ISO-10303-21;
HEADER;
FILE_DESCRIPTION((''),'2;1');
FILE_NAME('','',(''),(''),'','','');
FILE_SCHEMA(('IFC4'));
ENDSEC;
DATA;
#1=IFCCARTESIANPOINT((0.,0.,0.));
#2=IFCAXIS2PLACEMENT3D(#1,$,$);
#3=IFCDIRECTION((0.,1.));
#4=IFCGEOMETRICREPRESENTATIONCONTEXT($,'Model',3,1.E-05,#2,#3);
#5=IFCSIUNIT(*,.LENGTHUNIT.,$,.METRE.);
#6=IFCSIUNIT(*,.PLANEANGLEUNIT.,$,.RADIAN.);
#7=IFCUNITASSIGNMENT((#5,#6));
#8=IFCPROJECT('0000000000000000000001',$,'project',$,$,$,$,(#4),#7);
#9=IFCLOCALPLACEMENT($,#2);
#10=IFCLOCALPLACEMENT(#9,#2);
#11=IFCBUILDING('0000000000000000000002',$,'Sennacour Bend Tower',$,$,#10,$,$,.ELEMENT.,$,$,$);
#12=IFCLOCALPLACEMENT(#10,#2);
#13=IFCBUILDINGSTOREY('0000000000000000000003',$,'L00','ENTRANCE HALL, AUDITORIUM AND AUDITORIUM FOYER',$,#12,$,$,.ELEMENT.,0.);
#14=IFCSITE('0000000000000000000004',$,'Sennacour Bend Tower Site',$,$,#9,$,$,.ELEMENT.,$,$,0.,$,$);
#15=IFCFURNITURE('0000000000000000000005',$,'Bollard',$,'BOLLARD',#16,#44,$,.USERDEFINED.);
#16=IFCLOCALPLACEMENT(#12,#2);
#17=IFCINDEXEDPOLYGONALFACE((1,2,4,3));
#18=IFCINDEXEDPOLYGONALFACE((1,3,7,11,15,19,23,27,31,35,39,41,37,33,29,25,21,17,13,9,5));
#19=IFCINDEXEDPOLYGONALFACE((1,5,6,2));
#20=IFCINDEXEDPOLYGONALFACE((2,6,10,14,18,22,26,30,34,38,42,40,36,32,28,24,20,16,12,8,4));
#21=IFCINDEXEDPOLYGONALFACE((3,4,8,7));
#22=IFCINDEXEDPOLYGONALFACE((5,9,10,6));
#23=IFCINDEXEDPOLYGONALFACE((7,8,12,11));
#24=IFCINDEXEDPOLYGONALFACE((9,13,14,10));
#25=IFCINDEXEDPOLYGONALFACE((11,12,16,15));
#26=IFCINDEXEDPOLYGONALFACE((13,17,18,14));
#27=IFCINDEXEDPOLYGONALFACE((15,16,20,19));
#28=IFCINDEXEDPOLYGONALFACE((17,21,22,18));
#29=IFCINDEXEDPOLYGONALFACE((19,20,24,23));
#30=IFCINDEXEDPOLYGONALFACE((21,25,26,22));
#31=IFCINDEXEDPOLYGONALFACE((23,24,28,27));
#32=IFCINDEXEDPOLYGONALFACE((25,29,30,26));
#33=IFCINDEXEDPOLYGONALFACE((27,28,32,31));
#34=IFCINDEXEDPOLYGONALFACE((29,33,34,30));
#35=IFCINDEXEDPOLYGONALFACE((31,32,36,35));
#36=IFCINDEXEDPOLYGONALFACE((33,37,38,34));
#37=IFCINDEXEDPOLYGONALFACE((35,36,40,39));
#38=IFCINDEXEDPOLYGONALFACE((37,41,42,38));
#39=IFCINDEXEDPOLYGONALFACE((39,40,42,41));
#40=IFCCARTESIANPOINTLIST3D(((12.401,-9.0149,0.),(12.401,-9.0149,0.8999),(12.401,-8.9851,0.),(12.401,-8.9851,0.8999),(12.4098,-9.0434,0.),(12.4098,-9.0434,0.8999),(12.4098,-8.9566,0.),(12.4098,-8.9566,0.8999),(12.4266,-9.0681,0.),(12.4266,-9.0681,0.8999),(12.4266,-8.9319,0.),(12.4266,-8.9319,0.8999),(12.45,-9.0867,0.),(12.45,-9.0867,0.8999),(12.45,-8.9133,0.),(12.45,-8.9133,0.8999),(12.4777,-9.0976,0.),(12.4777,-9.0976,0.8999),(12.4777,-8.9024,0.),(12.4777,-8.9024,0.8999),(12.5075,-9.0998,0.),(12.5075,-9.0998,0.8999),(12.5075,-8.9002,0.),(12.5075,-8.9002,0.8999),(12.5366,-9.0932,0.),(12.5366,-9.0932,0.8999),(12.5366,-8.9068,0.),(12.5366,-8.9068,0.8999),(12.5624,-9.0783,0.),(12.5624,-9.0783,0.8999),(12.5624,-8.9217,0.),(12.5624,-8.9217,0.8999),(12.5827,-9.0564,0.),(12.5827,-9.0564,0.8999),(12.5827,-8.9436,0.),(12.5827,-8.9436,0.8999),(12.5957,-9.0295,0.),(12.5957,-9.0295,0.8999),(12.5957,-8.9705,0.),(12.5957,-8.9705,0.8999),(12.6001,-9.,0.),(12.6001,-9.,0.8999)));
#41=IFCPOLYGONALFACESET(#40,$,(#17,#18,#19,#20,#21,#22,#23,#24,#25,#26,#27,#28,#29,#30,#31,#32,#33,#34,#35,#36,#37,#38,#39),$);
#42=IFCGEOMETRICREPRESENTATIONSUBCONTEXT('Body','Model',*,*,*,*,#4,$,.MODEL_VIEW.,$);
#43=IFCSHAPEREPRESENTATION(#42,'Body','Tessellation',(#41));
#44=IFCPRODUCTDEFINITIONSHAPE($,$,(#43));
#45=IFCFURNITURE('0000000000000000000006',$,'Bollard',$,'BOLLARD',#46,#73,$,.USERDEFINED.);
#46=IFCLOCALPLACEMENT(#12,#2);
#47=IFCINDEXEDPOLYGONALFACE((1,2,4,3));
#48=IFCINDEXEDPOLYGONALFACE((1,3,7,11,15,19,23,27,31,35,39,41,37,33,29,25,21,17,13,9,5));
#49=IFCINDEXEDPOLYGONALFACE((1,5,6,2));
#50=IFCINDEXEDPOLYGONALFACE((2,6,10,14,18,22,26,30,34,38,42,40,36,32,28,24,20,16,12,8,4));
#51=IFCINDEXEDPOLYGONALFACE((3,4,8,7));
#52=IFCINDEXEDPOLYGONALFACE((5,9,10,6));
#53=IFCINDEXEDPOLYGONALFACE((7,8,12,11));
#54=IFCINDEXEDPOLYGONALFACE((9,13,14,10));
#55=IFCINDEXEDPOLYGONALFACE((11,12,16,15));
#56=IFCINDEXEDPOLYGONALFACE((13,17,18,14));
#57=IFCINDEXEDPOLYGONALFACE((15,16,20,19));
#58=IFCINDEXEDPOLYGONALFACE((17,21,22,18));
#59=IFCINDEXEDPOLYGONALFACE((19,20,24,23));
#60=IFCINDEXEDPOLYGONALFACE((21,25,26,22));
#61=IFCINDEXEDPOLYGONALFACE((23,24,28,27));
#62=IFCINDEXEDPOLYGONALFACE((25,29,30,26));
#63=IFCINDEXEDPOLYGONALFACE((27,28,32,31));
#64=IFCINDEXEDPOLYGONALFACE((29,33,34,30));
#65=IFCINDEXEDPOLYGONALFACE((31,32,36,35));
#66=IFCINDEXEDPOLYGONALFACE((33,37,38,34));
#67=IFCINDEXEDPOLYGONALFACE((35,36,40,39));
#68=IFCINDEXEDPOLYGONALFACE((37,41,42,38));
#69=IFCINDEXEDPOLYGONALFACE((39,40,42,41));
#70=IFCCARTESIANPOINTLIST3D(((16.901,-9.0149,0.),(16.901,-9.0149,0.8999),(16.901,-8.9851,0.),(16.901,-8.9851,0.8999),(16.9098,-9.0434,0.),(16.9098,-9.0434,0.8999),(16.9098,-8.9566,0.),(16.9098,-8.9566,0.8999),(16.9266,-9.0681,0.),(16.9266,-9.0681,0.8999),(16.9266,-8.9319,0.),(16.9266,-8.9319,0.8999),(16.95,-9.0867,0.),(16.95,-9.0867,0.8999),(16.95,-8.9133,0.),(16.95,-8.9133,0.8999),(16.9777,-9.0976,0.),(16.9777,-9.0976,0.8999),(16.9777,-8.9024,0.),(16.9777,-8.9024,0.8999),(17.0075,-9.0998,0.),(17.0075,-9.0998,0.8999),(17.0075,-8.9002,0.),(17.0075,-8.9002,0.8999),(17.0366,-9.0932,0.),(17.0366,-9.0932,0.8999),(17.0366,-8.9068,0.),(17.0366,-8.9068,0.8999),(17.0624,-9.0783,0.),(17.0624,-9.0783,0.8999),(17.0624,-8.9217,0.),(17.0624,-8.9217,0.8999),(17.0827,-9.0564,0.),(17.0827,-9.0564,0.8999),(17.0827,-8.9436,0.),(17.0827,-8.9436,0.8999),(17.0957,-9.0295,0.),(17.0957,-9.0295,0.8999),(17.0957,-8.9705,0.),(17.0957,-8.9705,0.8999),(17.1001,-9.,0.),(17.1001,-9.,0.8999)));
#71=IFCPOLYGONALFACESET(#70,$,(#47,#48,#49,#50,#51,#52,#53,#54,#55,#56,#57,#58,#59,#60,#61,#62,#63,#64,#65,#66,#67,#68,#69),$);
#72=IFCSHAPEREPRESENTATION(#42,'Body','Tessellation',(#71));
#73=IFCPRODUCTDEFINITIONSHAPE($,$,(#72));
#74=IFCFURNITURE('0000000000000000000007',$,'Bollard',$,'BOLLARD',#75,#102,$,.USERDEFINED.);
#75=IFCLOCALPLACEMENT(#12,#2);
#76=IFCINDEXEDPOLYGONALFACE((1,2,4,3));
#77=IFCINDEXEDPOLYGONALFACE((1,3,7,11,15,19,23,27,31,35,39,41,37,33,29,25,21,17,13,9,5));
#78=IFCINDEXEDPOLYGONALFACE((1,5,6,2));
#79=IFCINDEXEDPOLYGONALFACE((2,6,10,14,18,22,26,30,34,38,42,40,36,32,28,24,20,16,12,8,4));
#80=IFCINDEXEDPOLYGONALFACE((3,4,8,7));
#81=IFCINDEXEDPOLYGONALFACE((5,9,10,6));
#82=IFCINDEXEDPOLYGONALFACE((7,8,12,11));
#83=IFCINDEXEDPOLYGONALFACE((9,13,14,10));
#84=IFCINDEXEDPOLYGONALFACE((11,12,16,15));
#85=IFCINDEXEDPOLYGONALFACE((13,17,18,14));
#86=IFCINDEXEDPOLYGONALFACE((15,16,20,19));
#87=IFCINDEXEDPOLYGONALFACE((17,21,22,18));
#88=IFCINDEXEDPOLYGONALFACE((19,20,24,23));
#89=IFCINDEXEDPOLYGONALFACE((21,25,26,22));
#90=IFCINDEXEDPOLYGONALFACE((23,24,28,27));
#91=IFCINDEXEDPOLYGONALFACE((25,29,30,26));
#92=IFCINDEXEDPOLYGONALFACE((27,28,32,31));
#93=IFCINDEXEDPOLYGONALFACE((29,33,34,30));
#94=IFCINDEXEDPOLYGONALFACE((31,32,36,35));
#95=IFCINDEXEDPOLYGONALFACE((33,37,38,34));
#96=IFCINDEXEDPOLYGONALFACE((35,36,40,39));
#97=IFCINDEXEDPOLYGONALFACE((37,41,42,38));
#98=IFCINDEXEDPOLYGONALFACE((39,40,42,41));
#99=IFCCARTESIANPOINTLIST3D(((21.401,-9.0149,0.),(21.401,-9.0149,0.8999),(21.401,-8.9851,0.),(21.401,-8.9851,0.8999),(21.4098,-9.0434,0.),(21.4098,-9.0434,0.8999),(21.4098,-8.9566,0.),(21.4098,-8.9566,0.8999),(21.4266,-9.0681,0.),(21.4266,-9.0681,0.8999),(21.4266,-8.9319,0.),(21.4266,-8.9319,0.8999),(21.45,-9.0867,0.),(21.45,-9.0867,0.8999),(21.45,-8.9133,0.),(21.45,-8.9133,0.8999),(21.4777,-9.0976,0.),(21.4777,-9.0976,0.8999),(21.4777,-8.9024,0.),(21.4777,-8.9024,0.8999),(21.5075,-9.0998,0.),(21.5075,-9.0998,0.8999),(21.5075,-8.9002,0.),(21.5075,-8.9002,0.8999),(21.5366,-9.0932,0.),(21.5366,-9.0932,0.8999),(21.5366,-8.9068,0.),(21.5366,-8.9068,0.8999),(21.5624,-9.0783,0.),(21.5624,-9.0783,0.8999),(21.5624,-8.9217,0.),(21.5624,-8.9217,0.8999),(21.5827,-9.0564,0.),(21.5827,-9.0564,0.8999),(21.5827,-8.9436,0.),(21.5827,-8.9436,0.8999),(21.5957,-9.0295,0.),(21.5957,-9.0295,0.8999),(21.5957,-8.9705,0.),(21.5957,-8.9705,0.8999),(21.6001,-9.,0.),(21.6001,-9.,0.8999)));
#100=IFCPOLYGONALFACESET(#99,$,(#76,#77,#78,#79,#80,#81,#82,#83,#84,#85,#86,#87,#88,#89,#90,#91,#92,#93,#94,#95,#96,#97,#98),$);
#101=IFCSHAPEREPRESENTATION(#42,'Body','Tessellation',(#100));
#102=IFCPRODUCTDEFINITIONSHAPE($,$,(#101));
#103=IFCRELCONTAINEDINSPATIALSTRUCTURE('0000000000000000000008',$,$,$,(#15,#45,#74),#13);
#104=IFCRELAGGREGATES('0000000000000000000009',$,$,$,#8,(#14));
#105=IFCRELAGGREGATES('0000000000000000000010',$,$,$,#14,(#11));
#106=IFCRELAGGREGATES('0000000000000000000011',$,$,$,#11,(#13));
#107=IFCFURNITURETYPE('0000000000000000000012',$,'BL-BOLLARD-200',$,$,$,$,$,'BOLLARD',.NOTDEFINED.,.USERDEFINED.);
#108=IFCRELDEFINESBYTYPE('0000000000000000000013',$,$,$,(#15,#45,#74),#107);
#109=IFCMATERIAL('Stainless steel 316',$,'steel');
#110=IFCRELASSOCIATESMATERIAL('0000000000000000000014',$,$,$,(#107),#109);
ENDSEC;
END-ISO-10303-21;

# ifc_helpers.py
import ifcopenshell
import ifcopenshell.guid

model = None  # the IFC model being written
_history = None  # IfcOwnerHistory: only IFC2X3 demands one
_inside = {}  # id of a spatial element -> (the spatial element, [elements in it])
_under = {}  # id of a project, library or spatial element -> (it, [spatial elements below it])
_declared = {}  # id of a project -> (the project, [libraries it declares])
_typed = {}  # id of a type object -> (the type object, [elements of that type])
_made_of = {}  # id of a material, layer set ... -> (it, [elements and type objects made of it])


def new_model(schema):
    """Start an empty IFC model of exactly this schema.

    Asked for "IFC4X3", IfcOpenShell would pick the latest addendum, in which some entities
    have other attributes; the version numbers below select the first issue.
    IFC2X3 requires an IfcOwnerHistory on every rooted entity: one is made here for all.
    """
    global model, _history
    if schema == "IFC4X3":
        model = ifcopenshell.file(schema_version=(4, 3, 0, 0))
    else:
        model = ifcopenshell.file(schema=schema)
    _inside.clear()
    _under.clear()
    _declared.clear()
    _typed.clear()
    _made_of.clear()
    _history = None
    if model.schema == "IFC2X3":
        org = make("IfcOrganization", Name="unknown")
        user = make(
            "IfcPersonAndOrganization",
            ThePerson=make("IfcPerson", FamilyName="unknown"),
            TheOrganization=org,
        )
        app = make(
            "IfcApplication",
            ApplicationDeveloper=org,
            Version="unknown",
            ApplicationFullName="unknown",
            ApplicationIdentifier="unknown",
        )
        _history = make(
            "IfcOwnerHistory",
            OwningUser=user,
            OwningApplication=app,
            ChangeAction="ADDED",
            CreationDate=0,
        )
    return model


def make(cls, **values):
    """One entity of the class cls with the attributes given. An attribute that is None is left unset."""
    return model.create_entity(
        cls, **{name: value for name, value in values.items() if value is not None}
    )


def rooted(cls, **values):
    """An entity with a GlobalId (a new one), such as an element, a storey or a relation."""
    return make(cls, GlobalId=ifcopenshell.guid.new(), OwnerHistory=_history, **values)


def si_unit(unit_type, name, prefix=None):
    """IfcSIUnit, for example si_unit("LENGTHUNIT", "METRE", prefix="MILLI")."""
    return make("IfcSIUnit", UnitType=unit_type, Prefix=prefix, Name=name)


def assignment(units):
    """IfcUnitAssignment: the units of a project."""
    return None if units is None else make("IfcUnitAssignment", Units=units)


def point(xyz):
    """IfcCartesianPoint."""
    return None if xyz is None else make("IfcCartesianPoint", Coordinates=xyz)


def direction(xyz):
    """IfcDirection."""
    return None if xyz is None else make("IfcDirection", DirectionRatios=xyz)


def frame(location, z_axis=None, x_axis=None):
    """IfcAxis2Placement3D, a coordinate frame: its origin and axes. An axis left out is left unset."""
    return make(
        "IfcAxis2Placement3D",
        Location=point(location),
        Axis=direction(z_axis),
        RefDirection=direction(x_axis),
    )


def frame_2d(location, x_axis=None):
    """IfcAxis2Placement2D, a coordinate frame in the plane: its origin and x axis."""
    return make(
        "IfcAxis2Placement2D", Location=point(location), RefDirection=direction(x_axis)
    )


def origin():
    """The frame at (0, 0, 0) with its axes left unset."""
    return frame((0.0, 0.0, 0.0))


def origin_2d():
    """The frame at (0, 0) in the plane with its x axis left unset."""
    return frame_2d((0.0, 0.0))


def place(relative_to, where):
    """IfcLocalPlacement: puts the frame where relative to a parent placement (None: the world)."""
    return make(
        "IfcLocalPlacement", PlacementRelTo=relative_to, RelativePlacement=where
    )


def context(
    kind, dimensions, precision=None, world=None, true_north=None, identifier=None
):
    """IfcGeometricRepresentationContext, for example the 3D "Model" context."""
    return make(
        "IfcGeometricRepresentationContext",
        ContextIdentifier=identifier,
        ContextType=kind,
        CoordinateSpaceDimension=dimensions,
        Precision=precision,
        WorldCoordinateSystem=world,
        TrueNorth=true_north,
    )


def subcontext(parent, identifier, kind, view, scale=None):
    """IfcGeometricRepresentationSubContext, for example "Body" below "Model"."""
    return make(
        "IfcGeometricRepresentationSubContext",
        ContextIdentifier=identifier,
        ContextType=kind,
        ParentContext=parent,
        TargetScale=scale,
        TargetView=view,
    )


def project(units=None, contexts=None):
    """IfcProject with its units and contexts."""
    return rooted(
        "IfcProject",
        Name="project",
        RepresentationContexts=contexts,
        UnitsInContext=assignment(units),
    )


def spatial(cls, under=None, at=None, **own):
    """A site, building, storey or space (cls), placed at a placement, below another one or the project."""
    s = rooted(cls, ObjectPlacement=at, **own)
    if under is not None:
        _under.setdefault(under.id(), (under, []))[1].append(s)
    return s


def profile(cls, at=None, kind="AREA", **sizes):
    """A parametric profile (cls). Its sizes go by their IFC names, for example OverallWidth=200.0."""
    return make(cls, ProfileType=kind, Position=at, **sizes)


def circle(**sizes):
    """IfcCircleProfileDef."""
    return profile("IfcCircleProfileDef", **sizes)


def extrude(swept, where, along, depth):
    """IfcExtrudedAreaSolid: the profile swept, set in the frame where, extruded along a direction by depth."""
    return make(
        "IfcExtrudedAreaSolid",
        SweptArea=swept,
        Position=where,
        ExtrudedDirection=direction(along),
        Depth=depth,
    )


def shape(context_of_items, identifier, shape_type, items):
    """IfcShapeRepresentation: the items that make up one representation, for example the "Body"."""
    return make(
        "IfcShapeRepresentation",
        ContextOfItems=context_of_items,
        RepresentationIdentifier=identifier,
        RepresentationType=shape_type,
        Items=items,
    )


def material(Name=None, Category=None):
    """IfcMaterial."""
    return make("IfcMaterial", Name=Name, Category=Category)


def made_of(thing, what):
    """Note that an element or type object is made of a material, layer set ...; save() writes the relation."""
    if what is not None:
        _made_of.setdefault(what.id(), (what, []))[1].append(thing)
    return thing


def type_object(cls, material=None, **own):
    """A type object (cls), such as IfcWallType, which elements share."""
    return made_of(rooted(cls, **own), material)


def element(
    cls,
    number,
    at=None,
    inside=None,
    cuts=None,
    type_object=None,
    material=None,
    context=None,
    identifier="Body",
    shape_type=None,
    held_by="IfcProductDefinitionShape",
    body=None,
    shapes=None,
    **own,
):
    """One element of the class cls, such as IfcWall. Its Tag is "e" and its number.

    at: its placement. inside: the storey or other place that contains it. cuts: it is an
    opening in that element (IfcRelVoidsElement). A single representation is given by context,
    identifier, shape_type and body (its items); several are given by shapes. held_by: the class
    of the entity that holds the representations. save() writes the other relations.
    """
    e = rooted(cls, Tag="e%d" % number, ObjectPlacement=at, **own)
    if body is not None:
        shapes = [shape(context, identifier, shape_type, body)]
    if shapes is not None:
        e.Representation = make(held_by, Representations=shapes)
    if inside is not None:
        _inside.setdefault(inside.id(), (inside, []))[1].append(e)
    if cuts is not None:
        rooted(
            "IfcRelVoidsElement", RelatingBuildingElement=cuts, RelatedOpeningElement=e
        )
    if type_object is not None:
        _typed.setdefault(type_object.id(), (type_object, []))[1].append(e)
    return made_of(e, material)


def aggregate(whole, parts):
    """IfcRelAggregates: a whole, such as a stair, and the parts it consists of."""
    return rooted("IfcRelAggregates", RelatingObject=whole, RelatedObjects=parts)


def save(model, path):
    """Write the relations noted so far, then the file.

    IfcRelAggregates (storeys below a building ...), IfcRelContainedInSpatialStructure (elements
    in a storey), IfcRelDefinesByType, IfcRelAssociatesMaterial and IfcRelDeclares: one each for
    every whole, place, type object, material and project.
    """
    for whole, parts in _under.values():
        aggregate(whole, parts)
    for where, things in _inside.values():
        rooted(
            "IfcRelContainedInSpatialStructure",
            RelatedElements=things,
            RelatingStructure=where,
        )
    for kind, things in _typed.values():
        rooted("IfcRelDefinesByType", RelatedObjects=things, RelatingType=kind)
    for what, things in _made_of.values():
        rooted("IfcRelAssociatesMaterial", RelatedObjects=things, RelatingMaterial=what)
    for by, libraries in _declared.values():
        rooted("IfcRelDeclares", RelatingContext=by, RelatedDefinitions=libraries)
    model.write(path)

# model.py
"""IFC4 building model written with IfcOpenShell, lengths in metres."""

from ifc_helpers import new_model, si_unit, direction, frame, origin, origin_2d, place, context, subcontext, project, spatial, circle, extrude, material, type_object, element, save


model = new_model("IFC4")

# Units and contexts
model_context = context("Model", 3, precision=1e-05, world=origin(), true_north=direction((0.0, 1.0)))
body_context = subcontext(model_context, "Body", "Model", "MODEL_VIEW")
ifc_project = project(units=[si_unit("LENGTHUNIT", "METRE"), si_unit("PLANEANGLEUNIT", "RADIAN")], contexts=[model_context])

# Site, building, storey
site_placement = place(None, origin())
site = spatial("IfcSite", under=ifc_project, at=site_placement, Name="Sennacour Bend Tower Site", CompositionType="ELEMENT", RefElevation=0.0)
building_placement = place(site_placement, origin())
building = spatial("IfcBuilding", under=site, at=building_placement, Name="Sennacour Bend Tower", CompositionType="ELEMENT")
storey_placement = place(building_placement, origin())
storey = spatial("IfcBuildingStorey", under=building, at=storey_placement, Name="L00", Description="ENTRANCE HALL, AUDITORIUM AND AUDITORIUM FOYER", CompositionType="ELEMENT", Elevation=0.0)

# Furniture
ifc_material_1 = material(Name="Stainless steel 316", Category="steel")
furniture_type = type_object("IfcFurnitureType", Name="BL-BOLLARD-200", ElementType="BOLLARD", AssemblyPlace="NOTDEFINED", PredefinedType="USERDEFINED", material=ifc_material_1)
for number, where, z_axis, x_axis, name in (
    (1, (12.5, -9.0, 0.8999), (0.0, 0.0, -1.0), (1.0, 0.0, 0.0), "Bollard"),
    (2, (17.0, -9.0, 0.8999), (0.0, 0.0, -1.0), (1.0, 0.0, 0.0), "Bollard"),
    (3, (21.5, -9.0, 0.8999), (0.0, 0.0, -1.0), (1.0, 0.0, 0.0), "Bollard"),
):
    element("IfcFurniture", number, at=place(storey_placement, frame(where, z_axis=z_axis, x_axis=x_axis)), inside=storey, type_object=furniture_type, Name=name, ObjectType="BOLLARD", PredefinedType="USERDEFINED", context=body_context, shape_type="SweptSolid", body=[
        extrude(circle(Radius=0.1001, at=origin_2d()), origin(), (0.0, 0.0, 1.0), 0.8999),
    ])

save(model, "model.ifc")
